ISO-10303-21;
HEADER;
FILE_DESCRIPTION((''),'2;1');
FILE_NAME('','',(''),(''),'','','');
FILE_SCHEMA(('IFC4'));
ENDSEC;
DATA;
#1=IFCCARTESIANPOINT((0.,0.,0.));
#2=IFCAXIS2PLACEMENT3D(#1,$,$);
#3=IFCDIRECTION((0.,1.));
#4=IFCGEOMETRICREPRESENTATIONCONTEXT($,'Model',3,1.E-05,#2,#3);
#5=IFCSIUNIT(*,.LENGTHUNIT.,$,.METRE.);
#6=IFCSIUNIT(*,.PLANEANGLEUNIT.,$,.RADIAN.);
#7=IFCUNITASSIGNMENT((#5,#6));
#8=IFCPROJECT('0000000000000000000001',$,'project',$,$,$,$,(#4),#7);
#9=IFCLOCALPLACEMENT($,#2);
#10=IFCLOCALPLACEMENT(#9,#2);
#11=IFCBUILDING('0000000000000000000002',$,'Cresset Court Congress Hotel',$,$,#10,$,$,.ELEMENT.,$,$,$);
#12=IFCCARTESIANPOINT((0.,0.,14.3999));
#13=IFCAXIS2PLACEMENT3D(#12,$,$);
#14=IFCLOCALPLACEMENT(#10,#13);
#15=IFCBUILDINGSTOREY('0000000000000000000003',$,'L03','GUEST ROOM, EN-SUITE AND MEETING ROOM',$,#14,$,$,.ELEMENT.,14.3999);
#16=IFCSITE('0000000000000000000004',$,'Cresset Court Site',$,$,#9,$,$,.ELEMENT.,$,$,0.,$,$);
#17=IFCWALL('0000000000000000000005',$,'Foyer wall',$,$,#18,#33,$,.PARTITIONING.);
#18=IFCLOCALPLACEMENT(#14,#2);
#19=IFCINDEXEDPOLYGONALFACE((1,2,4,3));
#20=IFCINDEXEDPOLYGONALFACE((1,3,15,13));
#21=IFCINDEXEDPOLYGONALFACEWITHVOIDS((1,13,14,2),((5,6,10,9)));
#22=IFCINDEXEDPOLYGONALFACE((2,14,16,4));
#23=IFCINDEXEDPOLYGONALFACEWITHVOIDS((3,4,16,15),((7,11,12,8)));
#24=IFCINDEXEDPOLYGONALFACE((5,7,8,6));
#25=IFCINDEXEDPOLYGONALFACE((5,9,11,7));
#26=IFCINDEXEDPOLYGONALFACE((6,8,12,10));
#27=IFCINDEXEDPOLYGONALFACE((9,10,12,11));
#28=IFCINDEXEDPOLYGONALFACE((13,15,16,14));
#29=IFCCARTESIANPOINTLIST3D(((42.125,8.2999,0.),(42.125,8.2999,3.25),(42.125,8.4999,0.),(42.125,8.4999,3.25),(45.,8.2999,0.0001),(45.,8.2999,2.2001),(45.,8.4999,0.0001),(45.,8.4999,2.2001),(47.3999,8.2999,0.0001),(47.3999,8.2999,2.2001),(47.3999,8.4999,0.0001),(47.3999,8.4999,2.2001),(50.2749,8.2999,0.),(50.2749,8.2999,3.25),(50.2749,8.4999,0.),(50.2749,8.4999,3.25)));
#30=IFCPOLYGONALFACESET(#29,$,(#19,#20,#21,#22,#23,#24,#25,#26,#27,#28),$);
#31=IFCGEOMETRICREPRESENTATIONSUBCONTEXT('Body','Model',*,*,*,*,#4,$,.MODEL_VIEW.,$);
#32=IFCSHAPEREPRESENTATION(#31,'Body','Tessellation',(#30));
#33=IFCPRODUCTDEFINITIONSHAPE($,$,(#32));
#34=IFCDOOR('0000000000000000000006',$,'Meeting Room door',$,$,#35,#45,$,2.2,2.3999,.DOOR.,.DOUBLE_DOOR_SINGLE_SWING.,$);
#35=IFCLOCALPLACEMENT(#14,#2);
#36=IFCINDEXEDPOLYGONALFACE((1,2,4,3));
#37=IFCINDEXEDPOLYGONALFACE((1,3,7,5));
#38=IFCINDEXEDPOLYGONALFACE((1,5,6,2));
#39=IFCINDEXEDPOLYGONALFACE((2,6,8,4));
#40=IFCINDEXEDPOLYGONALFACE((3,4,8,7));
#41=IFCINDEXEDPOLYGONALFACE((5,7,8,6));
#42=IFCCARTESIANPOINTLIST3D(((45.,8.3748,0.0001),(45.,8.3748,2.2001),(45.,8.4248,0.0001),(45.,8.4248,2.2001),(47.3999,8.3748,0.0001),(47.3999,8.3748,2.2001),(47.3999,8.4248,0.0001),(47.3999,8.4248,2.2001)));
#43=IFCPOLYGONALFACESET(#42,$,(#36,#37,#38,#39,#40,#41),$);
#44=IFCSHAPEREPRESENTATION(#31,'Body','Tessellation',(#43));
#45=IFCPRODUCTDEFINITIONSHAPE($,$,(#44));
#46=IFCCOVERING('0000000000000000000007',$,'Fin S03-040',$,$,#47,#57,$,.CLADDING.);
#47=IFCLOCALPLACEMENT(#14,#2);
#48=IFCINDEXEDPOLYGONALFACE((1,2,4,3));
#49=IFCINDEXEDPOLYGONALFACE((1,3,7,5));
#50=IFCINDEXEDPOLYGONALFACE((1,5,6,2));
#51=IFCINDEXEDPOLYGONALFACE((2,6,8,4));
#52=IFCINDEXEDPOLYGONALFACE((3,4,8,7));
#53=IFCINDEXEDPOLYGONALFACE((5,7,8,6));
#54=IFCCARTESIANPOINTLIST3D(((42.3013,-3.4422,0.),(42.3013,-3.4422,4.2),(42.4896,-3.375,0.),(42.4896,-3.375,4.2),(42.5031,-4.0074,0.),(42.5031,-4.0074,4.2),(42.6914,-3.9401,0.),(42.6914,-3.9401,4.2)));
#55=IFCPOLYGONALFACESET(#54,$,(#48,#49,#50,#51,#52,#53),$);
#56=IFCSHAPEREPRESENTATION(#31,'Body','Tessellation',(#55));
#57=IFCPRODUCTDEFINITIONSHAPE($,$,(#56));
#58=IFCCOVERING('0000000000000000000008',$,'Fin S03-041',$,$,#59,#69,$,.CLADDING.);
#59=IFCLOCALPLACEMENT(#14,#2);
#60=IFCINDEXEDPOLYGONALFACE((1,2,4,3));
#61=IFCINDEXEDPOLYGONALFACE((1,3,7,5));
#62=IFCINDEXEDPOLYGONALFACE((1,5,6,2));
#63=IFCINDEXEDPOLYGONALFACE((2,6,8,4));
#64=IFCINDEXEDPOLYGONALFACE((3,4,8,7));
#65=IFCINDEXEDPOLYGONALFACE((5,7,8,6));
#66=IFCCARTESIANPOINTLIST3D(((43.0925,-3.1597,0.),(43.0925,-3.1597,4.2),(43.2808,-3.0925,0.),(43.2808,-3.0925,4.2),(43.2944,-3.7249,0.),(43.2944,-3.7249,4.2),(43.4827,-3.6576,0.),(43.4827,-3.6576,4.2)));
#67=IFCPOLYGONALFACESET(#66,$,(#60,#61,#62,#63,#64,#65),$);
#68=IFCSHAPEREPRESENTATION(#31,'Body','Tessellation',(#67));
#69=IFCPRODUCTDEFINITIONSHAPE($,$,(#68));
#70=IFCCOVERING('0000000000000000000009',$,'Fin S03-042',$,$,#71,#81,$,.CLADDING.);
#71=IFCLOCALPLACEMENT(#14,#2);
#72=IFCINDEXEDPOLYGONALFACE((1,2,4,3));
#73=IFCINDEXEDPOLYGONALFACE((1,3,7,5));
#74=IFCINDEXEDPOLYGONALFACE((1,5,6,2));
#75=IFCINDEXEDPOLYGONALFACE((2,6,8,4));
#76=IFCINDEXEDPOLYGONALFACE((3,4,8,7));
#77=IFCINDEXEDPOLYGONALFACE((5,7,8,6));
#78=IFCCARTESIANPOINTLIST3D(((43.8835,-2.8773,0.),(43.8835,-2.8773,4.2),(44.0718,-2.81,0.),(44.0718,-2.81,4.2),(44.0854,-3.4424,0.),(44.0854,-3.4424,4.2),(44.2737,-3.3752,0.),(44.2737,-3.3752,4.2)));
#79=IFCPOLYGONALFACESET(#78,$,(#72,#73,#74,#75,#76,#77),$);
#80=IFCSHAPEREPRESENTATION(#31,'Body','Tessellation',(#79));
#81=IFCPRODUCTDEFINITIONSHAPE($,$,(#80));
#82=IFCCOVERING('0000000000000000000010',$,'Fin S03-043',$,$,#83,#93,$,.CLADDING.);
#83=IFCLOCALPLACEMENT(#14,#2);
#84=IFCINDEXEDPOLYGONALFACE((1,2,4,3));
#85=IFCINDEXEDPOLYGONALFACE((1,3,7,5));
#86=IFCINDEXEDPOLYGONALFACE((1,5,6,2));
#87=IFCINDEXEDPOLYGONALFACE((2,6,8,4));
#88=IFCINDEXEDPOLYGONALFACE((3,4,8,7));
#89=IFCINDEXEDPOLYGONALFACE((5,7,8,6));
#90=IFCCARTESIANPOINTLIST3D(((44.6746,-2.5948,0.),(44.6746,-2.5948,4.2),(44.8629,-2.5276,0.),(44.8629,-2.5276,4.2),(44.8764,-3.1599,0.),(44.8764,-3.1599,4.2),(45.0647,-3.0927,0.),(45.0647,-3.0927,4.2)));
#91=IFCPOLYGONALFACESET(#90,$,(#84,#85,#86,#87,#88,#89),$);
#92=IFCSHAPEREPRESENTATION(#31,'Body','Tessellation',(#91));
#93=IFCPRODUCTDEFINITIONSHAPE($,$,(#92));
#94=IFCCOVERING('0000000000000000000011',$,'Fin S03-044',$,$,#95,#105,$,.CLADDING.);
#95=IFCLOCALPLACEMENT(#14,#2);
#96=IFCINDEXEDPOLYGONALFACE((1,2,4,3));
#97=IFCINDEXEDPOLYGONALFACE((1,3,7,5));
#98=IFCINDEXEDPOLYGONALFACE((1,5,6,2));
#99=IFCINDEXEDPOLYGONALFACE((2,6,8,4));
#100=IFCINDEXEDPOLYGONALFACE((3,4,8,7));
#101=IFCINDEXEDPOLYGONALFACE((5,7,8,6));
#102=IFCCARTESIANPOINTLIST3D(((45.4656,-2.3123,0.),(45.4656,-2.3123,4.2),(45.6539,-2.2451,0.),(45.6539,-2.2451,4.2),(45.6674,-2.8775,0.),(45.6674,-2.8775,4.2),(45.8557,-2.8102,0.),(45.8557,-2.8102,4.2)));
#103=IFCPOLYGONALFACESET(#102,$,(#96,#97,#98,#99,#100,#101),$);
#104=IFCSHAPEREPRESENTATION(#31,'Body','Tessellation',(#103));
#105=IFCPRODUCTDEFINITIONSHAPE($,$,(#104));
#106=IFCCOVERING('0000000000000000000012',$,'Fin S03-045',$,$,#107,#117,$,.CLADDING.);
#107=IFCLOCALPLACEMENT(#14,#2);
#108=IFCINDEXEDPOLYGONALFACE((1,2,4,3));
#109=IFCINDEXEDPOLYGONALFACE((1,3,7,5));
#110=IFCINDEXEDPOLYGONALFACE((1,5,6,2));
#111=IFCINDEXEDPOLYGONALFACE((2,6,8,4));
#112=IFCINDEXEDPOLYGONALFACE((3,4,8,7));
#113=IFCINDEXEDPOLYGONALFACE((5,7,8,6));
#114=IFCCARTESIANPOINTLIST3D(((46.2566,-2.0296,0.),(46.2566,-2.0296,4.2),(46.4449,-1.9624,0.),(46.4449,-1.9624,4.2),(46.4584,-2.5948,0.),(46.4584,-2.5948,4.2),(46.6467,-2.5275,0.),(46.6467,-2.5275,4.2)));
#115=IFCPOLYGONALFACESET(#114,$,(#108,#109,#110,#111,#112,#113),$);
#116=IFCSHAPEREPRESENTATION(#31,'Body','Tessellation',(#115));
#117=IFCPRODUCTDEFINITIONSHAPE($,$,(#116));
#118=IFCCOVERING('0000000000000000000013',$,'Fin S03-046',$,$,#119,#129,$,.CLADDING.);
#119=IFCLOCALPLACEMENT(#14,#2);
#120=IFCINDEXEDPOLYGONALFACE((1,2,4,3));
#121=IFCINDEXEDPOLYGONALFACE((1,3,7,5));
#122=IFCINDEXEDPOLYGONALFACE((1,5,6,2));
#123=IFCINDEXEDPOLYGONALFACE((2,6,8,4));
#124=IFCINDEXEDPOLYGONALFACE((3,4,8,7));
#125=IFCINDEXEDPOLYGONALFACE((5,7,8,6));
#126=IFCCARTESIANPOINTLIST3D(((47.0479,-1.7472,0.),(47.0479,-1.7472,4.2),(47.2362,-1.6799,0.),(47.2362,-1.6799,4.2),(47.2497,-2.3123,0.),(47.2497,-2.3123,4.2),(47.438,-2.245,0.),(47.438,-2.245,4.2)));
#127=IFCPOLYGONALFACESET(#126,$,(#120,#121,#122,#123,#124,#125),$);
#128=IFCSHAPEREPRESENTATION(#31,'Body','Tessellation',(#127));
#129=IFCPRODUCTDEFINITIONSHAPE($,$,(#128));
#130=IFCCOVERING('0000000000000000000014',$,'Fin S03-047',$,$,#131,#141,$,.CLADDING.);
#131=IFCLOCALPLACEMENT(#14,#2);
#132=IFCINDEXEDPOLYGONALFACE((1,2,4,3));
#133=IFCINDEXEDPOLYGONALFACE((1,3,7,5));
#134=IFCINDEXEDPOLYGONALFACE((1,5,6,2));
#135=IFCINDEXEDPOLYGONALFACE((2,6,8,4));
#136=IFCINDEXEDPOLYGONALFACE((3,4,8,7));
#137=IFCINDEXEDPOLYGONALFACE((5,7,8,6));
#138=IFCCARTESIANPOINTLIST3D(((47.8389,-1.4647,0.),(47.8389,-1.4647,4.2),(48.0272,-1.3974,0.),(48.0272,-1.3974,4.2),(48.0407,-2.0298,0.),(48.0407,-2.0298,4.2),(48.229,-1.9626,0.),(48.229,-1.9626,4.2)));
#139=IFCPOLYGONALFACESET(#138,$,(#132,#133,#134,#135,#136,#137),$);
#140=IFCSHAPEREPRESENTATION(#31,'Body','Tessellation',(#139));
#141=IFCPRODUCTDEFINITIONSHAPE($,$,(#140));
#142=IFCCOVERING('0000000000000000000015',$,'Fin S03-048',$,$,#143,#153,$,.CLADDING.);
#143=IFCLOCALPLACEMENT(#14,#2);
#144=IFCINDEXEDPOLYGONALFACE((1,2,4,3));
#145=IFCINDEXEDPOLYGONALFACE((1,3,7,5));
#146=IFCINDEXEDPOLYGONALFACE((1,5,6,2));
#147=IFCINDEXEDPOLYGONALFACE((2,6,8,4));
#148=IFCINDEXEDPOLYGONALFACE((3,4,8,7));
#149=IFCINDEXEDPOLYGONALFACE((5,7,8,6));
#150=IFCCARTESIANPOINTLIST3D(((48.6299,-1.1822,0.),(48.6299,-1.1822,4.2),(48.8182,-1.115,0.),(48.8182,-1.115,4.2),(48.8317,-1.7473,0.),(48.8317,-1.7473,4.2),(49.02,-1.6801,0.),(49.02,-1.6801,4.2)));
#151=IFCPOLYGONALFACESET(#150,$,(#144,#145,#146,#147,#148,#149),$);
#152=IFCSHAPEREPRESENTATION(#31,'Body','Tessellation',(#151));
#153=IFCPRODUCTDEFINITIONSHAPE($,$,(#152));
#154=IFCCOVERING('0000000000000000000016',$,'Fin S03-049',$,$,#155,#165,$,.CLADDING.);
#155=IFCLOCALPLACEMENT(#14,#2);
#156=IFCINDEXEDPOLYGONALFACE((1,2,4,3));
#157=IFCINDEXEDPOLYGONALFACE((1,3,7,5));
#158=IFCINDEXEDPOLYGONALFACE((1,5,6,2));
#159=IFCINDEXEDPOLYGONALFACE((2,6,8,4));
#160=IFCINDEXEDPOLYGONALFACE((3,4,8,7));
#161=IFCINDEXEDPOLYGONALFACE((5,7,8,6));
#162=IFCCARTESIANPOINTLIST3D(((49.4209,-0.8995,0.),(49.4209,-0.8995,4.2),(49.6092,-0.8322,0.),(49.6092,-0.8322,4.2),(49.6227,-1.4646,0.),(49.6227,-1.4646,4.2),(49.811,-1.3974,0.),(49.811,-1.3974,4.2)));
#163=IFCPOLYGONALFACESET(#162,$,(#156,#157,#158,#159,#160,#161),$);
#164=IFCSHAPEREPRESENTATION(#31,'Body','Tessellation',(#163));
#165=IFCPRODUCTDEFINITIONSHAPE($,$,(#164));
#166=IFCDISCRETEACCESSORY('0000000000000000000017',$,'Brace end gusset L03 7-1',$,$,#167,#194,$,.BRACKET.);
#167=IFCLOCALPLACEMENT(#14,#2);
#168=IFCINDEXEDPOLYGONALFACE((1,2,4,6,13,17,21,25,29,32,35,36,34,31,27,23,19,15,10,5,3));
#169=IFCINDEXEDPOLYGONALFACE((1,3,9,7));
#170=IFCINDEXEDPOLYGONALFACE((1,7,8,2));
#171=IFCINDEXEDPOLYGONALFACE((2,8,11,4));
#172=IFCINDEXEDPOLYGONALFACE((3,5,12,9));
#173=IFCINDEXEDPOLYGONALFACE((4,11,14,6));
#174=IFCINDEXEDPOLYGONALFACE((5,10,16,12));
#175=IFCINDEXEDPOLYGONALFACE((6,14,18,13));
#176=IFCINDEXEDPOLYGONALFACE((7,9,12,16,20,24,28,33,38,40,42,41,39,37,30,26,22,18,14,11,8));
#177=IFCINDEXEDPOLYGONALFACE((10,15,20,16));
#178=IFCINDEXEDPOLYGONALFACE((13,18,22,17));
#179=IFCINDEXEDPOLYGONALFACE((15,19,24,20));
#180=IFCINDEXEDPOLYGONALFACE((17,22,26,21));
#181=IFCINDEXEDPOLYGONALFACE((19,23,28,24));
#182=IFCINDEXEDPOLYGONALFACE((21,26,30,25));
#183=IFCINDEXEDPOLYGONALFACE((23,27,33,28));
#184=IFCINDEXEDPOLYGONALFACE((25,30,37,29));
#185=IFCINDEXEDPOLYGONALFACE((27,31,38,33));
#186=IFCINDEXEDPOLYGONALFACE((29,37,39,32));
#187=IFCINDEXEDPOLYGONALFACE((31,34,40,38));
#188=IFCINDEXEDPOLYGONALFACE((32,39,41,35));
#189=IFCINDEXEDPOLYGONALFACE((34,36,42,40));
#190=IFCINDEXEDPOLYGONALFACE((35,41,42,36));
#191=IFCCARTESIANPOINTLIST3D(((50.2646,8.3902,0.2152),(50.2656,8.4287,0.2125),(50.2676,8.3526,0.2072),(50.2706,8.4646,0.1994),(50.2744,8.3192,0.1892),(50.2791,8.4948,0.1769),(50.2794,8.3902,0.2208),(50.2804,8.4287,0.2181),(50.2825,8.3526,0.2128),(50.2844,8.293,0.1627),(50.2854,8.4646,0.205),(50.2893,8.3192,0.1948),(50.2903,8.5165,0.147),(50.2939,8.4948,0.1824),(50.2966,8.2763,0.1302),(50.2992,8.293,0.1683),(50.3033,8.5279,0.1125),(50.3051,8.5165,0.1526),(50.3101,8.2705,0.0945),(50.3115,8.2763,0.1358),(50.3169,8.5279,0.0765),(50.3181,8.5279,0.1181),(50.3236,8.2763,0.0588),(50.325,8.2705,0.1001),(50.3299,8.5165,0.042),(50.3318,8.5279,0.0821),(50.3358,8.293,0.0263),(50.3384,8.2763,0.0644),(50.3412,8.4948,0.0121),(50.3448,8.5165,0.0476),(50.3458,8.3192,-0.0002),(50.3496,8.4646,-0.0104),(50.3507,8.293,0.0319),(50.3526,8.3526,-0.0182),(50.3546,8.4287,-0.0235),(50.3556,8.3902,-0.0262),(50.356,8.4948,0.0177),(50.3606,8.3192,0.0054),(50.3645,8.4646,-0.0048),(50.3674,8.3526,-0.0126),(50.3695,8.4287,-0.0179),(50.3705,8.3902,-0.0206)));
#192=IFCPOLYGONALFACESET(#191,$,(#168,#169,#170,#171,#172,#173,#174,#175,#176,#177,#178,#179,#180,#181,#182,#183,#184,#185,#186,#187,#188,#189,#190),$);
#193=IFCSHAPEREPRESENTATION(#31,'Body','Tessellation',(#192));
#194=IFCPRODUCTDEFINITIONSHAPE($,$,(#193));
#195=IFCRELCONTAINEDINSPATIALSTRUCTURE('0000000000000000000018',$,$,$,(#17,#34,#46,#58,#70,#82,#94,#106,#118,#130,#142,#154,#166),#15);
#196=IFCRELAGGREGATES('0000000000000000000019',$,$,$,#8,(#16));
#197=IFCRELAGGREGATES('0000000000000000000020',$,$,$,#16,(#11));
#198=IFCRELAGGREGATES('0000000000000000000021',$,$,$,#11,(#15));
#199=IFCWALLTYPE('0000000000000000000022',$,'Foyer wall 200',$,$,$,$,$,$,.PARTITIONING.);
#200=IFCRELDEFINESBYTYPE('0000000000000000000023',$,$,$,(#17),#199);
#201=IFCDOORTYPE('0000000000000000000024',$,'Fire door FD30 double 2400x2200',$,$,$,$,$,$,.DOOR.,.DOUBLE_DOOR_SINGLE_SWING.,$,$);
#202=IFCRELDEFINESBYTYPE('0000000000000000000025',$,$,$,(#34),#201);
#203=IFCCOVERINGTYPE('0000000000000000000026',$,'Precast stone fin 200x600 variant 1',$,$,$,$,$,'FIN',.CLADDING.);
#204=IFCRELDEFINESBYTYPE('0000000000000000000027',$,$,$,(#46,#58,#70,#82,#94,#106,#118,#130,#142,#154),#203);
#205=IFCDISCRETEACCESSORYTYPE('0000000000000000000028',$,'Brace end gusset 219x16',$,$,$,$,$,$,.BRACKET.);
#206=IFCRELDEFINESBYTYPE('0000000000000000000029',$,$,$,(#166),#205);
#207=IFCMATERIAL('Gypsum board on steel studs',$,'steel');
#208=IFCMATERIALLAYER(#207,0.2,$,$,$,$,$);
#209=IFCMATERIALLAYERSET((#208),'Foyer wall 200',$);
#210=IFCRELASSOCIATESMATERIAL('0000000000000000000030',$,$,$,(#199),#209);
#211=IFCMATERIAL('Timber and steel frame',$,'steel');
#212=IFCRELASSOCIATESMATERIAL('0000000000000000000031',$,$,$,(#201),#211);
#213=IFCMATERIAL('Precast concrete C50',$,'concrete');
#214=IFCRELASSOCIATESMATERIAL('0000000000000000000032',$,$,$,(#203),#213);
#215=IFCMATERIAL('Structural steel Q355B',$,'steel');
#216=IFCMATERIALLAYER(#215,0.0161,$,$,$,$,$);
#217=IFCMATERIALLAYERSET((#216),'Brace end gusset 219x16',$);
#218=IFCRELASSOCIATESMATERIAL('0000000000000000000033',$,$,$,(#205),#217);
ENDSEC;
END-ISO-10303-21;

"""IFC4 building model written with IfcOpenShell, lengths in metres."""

from ifc_helpers import new_model, si_unit, direction, frame, frame_2d, origin, origin_2d, place, context, subcontext, project, spatial, rectangle, circle, extrude, material, layer, layer_set, type_object, element, fill, save


model = new_model("IFC4")

# Units and contexts
model_context = context("Model", 3, precision=1e-05, world=origin(), true_north=direction((0.0, 1.0)))
body_context = subcontext(model_context, "Body", "Model", "MODEL_VIEW")
ifc_project = project(units=[si_unit("LENGTHUNIT", "METRE"), si_unit("PLANEANGLEUNIT", "RADIAN")], contexts=[model_context])

# Site, building, storey
site_placement = place(None, origin())
site = spatial("IfcSite", under=ifc_project, at=site_placement, Name="Cresset Court Site", CompositionType="ELEMENT", RefElevation=0.0)
building_placement = place(site_placement, origin())
building = spatial("IfcBuilding", under=site, at=building_placement, Name="Cresset Court Congress Hotel", CompositionType="ELEMENT")
storey_placement = place(building_placement, frame((0.0, 0.0, 14.3999)))
storey = spatial("IfcBuildingStorey", under=building, at=storey_placement, Name="L03", Description="GUEST ROOM, EN-SUITE AND MEETING ROOM", CompositionType="ELEMENT", Elevation=14.3999)

# Wall, opening, door
ifc_material_1 = material(Name="Gypsum board on steel studs", Category="steel")
ifc_layer_1 = layer(ifc_material_1, 0.2)
ifc_layer_set_1 = layer_set([ifc_layer_1], Name="Foyer wall 200")
wall_type_1 = type_object("IfcWallType", Name="Foyer wall 200", PredefinedType="PARTITIONING", material=ifc_layer_set_1)
wall_1_placement = place(storey_placement, frame((42.125, 8.3999, 0.0), z_axis=(0.0, 0.0, 1.0), x_axis=(1.0, 0.0, 0.0)))
wall_1 = element("IfcWall", 1, at=wall_1_placement, inside=storey, type_object=wall_type_1, Name="Foyer wall", PredefinedType="PARTITIONING", context=body_context, shape_type="SweptSolid", body=[
    extrude(rectangle(XDim=8.1499, YDim=0.2, at=frame_2d((4.075, 0.0))), origin(), (0.0, 0.0, 1.0), 3.25),
])
opening_1_placement = place(wall_1_placement, frame((2.875, 0.0, 0.0)))
opening_1 = element("IfcOpeningElement", 2, at=opening_1_placement, cuts=wall_1, PredefinedType="OPENING", context=body_context, shape_type="SweptSolid", body=[
    extrude(rectangle(XDim=2.3999, YDim=2.2, at=frame_2d((1.2, 1.1001))), frame((0.0, 0.1099, 0.0), z_axis=(0.0, -1.0, 0.0), x_axis=(1.0, 0.0, 0.0)), (0.0, 0.0, 1.0), 0.22),
])
ifc_material_2 = material(Name="Timber and steel frame", Category="steel")
door_type = type_object("IfcDoorType", Name="Fire door FD30 double 2400x2200", OperationType="DOUBLE_DOOR_SINGLE_SWING", PredefinedType="DOOR", material=ifc_material_2)
door_placement = place(opening_1_placement, origin())
door = element("IfcDoor", 3, at=door_placement, inside=storey, type_object=door_type, Name="Meeting Room door", OperationType="DOUBLE_DOOR_SINGLE_SWING", OverallHeight=2.2, OverallWidth=2.3999, PredefinedType="DOOR", context=body_context, shape_type="SweptSolid", body=[
    extrude(rectangle(XDim=2.3999, YDim=2.2, at=frame_2d((1.2, 1.1001))), frame((0.0, 0.0249, 0.0), z_axis=(0.0, -1.0, 0.0), x_axis=(1.0, 0.0, 0.0)), (0.0, 0.0, 1.0), 0.05),
])
fill(opening_1, door)

# Coverings
ifc_material_3 = material(Name="Precast concrete C50", Category="concrete")
covering_type = type_object("IfcCoveringType", Name="Precast stone fin 200x600 variant 1", ElementType="FIN", PredefinedType="CLADDING", material=ifc_material_3)
for number, where, z_axis, x_axis, name in (
    (4, (42.4963, -3.6912, 0.0), (0.0, 0.0, 1.0), (0.941742, 0.336336, 0.0), "Fin S03-040"),
    (5, (43.2876, -3.4087, 0.0), (0.0, 0.0, 1.0), (0.941742, 0.336336, 0.0), "Fin S03-041"),
    (6, (44.0786, -3.1262, 0.0), (0.0, 0.0, 1.0), (0.941742, 0.336336, 0.0), "Fin S03-042"),
    (7, (44.8696, -2.8438, 0.0), (0.0, 0.0, 1.0), (0.941742, 0.336336, 0.0), "Fin S03-043"),
    (8, (45.6606, -2.5613, 0.0), (0.0, 0.0, 1.0), (0.941742, 0.336336, 0.0), "Fin S03-044"),
    (9, (46.4517, -2.2786, 0.0), (0.0, 0.0, 1.0), (0.941742, 0.336336, 0.0), "Fin S03-045"),
    (10, (47.2429, -1.9961, 0.0), (0.0, 0.0, 1.0), (0.941742, 0.336336, 0.0), "Fin S03-046"),
    (11, (48.0339, -1.7136, 0.0), (0.0, 0.0, 1.0), (0.941742, 0.336336, 0.0), "Fin S03-047"),
    (12, (48.825, -1.4312, 0.0), (0.0, 0.0, 1.0), (0.941742, 0.336336, 0.0), "Fin S03-048"),
    (13, (49.616, -1.1484, 0.0), (0.0, 0.0, 1.0), (0.941742, 0.336336, 0.0), "Fin S03-049"),
):
    element("IfcCovering", number, at=place(storey_placement, frame(where, z_axis=z_axis, x_axis=x_axis)), inside=storey, type_object=covering_type, Name=name, PredefinedType="CLADDING", context=body_context, shape_type="SweptSolid", body=[
        extrude(rectangle(XDim=0.2, YDim=0.6001, at=origin_2d()), origin(), (0.0, 0.0, 1.0), 4.2),
    ])

# Discrete accessory
ifc_material_4 = material(Name="Structural steel Q355B", Category="steel")
ifc_layer_2 = layer(ifc_material_4, 0.0161)
ifc_layer_set_2 = layer_set([ifc_layer_2], Name="Brace end gusset 219x16")
discrete_accessory_type = type_object("IfcDiscreteAccessoryType", Name="Brace end gusset 219x16", PredefinedType="BRACKET", material=ifc_layer_set_2)
discrete_accessory_placement = place(storey_placement, frame((50.325, 8.3999, 0.1001), z_axis=(-0.935697, 0.0, -0.352804), x_axis=(0.0, -1.0, 0.0)))
element("IfcDiscreteAccessory", 14, at=discrete_accessory_placement, inside=storey, type_object=discrete_accessory_type, Name="Brace end gusset L03 7-1", PredefinedType="BRACKET", context=body_context, shape_type="SweptSolid", body=[
    extrude(circle(Radius=0.1294, at=origin_2d()), origin(), (0.0, 0.0, 1.0), 0.0159),
])

save(model, "model.ifc")
